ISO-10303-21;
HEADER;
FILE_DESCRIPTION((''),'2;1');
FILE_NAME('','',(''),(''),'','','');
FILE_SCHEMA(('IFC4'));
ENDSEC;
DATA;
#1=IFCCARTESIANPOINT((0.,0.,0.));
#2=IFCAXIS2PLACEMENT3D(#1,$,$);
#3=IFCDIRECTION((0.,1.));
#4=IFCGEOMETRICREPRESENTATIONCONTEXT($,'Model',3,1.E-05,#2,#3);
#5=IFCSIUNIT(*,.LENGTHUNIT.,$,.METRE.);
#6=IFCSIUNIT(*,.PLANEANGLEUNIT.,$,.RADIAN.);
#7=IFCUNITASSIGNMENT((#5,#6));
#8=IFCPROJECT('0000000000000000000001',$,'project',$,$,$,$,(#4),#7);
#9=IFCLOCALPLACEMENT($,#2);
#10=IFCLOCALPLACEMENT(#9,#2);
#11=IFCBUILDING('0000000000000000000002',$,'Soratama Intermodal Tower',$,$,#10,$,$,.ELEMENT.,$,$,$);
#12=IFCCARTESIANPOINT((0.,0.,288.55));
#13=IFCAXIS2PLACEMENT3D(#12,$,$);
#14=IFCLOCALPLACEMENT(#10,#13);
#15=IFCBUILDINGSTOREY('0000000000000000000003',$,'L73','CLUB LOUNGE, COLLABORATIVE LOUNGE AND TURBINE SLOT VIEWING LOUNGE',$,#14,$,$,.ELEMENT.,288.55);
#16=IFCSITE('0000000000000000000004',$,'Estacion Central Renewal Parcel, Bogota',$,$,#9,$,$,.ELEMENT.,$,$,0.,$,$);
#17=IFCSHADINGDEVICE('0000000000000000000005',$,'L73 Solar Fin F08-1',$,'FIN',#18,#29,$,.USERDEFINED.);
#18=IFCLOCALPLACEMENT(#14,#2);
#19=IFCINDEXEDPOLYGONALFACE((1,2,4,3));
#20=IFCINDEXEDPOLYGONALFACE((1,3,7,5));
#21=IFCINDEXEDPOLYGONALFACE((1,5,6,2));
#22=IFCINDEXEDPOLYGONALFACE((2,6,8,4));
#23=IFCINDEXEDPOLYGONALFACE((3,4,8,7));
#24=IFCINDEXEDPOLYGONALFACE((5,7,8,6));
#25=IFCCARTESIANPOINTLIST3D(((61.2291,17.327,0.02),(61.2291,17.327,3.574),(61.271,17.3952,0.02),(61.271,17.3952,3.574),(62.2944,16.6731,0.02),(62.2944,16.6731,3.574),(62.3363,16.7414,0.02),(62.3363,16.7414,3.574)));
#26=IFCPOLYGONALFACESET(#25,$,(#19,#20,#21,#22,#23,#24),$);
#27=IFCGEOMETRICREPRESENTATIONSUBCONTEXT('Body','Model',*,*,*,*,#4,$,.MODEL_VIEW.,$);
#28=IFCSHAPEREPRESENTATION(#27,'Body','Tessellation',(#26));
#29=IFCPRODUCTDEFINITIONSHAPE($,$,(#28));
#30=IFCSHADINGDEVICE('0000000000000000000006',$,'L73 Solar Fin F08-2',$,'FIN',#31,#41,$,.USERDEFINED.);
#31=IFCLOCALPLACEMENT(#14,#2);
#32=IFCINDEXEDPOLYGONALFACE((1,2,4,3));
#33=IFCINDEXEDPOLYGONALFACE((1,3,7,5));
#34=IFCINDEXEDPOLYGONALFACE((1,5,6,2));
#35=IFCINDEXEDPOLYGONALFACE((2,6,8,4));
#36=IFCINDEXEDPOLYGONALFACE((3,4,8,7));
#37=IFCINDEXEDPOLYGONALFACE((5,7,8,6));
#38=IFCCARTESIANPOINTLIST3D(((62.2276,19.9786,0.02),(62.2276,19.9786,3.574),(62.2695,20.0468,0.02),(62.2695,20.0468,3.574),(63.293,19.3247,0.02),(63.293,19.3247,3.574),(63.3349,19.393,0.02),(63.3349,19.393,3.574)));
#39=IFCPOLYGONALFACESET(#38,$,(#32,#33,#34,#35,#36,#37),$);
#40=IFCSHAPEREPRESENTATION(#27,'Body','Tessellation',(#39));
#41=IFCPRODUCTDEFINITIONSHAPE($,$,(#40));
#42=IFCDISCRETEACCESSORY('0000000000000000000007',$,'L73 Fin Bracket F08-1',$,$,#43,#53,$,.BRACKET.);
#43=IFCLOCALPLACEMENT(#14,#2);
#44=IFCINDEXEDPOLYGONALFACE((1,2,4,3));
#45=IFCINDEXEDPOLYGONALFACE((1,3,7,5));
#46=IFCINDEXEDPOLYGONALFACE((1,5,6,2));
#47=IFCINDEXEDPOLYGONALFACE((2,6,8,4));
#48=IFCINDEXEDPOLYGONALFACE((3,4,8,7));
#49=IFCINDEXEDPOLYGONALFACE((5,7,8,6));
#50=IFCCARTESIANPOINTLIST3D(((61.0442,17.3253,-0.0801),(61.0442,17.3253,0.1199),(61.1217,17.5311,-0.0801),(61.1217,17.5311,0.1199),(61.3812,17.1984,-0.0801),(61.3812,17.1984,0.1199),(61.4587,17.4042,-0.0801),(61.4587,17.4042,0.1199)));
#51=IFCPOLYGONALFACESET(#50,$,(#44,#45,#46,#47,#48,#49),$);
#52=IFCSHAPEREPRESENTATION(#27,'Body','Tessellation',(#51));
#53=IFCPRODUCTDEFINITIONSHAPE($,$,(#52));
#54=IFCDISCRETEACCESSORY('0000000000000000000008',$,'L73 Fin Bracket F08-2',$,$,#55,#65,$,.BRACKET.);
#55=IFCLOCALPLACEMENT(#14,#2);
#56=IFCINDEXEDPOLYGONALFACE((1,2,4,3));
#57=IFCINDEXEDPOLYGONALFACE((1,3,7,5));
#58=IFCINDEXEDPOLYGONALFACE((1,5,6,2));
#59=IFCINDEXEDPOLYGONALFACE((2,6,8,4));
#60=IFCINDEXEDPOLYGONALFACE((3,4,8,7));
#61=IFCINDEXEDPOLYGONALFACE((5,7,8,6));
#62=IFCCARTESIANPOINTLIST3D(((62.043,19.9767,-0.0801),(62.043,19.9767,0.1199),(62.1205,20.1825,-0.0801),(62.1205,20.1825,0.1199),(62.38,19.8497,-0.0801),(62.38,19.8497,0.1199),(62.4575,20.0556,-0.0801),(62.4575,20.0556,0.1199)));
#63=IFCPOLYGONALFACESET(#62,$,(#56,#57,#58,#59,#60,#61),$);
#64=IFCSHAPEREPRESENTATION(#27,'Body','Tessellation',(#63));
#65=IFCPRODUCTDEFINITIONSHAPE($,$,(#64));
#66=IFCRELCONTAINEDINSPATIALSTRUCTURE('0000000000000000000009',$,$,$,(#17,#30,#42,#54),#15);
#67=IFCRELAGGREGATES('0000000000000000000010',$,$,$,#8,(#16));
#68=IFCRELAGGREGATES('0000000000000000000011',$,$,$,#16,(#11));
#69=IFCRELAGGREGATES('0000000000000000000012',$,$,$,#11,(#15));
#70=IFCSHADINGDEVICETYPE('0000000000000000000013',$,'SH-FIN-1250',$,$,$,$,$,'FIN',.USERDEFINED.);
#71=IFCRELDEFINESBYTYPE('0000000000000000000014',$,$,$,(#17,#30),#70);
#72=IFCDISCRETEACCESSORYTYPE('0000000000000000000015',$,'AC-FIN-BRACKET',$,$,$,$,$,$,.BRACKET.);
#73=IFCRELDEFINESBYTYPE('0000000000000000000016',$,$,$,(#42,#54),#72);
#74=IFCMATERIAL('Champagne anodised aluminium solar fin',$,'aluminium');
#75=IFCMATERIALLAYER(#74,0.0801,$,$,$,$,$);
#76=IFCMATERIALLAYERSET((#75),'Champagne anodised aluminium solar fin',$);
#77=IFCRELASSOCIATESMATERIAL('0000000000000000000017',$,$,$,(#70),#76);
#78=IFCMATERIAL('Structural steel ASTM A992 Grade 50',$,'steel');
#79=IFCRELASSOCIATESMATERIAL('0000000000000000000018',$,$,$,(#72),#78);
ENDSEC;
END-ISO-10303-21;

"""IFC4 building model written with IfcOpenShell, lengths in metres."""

from ifc_helpers import new_model, si_unit, direction, frame, origin, origin_2d, place, context, subcontext, project, spatial, rectangle, extrude, material, layer, layer_set, type_object, element, save


model = new_model("IFC4")

# Units and contexts
model_context = context("Model", 3, precision=1e-05, world=origin(), true_north=direction((0.0, 1.0)))
body_context = subcontext(model_context, "Body", "Model", "MODEL_VIEW")
ifc_project = project(units=[si_unit("LENGTHUNIT", "METRE"), si_unit("PLANEANGLEUNIT", "RADIAN")], contexts=[model_context])

# Site, building, storey
site_placement = place(None, origin())
site = spatial("IfcSite", under=ifc_project, at=site_placement, Name="Estacion Central Renewal Parcel, Bogota", CompositionType="ELEMENT", RefElevation=0.0)
building_placement = place(site_placement, origin())
building = spatial("IfcBuilding", under=site, at=building_placement, Name="Soratama Intermodal Tower", CompositionType="ELEMENT")
storey_placement = place(building_placement, frame((0.0, 0.0, 288.55)))
storey = spatial("IfcBuildingStorey", under=building, at=storey_placement, Name="L73", Description="CLUB LOUNGE, COLLABORATIVE LOUNGE AND TURBINE SLOT VIEWING LOUNGE", CompositionType="ELEMENT", Elevation=288.55)

# Shading devices
ifc_material_1 = material(Name="Champagne anodised aluminium solar fin", Category="aluminium")
ifc_layer_1 = layer(ifc_material_1, 0.0801)
ifc_layer_set_1 = layer_set([ifc_layer_1], Name="Champagne anodised aluminium solar fin")
shading_device_type = type_object("IfcShadingDeviceType", Name="SH-FIN-1250", ElementType="FIN", PredefinedType="USERDEFINED", material=ifc_layer_set_1)
for number, where, z_axis, x_axis, name in (
    (1, (61.7827, 17.0342, 0.02), (0.0, 0.0, 1.0), (0.852275, -0.523094, 0.0), "L73 Solar Fin F08-1"),
    (2, (62.7812, 19.6858, 0.02), (0.0, 0.0, 1.0), (0.852275, -0.523094, 0.0), "L73 Solar Fin F08-2"),
):
    element("IfcShadingDevice", number, at=place(storey_placement, frame(where, z_axis=z_axis, x_axis=x_axis)), inside=storey, type_object=shading_device_type, Name=name, ObjectType="FIN", PredefinedType="USERDEFINED", context=body_context, shape_type="SweptSolid", body=[
        extrude(rectangle(XDim=1.25, YDim=0.0801, at=origin_2d()), origin(), (0.0, 0.0, 1.0), 3.554),
    ])

# Discrete accessories
ifc_material_2 = material(Name="Structural steel ASTM A992 Grade 50", Category="steel")
discrete_accessory_type = type_object("IfcDiscreteAccessoryType", Name="AC-FIN-BRACKET", PredefinedType="BRACKET", material=ifc_material_2)
for number, where, z_axis, x_axis, name in (
    (3, (61.2515, 17.3647, -0.0801), (0.0, 0.0, 1.0), (0.935814, -0.352495, 0.0), "L73 Fin Bracket F08-1"),
    (4, (62.2502, 20.0161, -0.0801), (0.0, 0.0, 1.0), (0.935814, -0.352495, 0.0), "L73 Fin Bracket F08-2"),
):
    element("IfcDiscreteAccessory", number, at=place(storey_placement, frame(where, z_axis=z_axis, x_axis=x_axis)), inside=storey, type_object=discrete_accessory_type, Name=name, PredefinedType="BRACKET", context=body_context, shape_type="SweptSolid", body=[
        extrude(rectangle(XDim=0.3601, YDim=0.22, at=origin_2d()), origin(), (0.0, 0.0, 1.0), 0.2),
    ])

save(model, "model.ifc")
